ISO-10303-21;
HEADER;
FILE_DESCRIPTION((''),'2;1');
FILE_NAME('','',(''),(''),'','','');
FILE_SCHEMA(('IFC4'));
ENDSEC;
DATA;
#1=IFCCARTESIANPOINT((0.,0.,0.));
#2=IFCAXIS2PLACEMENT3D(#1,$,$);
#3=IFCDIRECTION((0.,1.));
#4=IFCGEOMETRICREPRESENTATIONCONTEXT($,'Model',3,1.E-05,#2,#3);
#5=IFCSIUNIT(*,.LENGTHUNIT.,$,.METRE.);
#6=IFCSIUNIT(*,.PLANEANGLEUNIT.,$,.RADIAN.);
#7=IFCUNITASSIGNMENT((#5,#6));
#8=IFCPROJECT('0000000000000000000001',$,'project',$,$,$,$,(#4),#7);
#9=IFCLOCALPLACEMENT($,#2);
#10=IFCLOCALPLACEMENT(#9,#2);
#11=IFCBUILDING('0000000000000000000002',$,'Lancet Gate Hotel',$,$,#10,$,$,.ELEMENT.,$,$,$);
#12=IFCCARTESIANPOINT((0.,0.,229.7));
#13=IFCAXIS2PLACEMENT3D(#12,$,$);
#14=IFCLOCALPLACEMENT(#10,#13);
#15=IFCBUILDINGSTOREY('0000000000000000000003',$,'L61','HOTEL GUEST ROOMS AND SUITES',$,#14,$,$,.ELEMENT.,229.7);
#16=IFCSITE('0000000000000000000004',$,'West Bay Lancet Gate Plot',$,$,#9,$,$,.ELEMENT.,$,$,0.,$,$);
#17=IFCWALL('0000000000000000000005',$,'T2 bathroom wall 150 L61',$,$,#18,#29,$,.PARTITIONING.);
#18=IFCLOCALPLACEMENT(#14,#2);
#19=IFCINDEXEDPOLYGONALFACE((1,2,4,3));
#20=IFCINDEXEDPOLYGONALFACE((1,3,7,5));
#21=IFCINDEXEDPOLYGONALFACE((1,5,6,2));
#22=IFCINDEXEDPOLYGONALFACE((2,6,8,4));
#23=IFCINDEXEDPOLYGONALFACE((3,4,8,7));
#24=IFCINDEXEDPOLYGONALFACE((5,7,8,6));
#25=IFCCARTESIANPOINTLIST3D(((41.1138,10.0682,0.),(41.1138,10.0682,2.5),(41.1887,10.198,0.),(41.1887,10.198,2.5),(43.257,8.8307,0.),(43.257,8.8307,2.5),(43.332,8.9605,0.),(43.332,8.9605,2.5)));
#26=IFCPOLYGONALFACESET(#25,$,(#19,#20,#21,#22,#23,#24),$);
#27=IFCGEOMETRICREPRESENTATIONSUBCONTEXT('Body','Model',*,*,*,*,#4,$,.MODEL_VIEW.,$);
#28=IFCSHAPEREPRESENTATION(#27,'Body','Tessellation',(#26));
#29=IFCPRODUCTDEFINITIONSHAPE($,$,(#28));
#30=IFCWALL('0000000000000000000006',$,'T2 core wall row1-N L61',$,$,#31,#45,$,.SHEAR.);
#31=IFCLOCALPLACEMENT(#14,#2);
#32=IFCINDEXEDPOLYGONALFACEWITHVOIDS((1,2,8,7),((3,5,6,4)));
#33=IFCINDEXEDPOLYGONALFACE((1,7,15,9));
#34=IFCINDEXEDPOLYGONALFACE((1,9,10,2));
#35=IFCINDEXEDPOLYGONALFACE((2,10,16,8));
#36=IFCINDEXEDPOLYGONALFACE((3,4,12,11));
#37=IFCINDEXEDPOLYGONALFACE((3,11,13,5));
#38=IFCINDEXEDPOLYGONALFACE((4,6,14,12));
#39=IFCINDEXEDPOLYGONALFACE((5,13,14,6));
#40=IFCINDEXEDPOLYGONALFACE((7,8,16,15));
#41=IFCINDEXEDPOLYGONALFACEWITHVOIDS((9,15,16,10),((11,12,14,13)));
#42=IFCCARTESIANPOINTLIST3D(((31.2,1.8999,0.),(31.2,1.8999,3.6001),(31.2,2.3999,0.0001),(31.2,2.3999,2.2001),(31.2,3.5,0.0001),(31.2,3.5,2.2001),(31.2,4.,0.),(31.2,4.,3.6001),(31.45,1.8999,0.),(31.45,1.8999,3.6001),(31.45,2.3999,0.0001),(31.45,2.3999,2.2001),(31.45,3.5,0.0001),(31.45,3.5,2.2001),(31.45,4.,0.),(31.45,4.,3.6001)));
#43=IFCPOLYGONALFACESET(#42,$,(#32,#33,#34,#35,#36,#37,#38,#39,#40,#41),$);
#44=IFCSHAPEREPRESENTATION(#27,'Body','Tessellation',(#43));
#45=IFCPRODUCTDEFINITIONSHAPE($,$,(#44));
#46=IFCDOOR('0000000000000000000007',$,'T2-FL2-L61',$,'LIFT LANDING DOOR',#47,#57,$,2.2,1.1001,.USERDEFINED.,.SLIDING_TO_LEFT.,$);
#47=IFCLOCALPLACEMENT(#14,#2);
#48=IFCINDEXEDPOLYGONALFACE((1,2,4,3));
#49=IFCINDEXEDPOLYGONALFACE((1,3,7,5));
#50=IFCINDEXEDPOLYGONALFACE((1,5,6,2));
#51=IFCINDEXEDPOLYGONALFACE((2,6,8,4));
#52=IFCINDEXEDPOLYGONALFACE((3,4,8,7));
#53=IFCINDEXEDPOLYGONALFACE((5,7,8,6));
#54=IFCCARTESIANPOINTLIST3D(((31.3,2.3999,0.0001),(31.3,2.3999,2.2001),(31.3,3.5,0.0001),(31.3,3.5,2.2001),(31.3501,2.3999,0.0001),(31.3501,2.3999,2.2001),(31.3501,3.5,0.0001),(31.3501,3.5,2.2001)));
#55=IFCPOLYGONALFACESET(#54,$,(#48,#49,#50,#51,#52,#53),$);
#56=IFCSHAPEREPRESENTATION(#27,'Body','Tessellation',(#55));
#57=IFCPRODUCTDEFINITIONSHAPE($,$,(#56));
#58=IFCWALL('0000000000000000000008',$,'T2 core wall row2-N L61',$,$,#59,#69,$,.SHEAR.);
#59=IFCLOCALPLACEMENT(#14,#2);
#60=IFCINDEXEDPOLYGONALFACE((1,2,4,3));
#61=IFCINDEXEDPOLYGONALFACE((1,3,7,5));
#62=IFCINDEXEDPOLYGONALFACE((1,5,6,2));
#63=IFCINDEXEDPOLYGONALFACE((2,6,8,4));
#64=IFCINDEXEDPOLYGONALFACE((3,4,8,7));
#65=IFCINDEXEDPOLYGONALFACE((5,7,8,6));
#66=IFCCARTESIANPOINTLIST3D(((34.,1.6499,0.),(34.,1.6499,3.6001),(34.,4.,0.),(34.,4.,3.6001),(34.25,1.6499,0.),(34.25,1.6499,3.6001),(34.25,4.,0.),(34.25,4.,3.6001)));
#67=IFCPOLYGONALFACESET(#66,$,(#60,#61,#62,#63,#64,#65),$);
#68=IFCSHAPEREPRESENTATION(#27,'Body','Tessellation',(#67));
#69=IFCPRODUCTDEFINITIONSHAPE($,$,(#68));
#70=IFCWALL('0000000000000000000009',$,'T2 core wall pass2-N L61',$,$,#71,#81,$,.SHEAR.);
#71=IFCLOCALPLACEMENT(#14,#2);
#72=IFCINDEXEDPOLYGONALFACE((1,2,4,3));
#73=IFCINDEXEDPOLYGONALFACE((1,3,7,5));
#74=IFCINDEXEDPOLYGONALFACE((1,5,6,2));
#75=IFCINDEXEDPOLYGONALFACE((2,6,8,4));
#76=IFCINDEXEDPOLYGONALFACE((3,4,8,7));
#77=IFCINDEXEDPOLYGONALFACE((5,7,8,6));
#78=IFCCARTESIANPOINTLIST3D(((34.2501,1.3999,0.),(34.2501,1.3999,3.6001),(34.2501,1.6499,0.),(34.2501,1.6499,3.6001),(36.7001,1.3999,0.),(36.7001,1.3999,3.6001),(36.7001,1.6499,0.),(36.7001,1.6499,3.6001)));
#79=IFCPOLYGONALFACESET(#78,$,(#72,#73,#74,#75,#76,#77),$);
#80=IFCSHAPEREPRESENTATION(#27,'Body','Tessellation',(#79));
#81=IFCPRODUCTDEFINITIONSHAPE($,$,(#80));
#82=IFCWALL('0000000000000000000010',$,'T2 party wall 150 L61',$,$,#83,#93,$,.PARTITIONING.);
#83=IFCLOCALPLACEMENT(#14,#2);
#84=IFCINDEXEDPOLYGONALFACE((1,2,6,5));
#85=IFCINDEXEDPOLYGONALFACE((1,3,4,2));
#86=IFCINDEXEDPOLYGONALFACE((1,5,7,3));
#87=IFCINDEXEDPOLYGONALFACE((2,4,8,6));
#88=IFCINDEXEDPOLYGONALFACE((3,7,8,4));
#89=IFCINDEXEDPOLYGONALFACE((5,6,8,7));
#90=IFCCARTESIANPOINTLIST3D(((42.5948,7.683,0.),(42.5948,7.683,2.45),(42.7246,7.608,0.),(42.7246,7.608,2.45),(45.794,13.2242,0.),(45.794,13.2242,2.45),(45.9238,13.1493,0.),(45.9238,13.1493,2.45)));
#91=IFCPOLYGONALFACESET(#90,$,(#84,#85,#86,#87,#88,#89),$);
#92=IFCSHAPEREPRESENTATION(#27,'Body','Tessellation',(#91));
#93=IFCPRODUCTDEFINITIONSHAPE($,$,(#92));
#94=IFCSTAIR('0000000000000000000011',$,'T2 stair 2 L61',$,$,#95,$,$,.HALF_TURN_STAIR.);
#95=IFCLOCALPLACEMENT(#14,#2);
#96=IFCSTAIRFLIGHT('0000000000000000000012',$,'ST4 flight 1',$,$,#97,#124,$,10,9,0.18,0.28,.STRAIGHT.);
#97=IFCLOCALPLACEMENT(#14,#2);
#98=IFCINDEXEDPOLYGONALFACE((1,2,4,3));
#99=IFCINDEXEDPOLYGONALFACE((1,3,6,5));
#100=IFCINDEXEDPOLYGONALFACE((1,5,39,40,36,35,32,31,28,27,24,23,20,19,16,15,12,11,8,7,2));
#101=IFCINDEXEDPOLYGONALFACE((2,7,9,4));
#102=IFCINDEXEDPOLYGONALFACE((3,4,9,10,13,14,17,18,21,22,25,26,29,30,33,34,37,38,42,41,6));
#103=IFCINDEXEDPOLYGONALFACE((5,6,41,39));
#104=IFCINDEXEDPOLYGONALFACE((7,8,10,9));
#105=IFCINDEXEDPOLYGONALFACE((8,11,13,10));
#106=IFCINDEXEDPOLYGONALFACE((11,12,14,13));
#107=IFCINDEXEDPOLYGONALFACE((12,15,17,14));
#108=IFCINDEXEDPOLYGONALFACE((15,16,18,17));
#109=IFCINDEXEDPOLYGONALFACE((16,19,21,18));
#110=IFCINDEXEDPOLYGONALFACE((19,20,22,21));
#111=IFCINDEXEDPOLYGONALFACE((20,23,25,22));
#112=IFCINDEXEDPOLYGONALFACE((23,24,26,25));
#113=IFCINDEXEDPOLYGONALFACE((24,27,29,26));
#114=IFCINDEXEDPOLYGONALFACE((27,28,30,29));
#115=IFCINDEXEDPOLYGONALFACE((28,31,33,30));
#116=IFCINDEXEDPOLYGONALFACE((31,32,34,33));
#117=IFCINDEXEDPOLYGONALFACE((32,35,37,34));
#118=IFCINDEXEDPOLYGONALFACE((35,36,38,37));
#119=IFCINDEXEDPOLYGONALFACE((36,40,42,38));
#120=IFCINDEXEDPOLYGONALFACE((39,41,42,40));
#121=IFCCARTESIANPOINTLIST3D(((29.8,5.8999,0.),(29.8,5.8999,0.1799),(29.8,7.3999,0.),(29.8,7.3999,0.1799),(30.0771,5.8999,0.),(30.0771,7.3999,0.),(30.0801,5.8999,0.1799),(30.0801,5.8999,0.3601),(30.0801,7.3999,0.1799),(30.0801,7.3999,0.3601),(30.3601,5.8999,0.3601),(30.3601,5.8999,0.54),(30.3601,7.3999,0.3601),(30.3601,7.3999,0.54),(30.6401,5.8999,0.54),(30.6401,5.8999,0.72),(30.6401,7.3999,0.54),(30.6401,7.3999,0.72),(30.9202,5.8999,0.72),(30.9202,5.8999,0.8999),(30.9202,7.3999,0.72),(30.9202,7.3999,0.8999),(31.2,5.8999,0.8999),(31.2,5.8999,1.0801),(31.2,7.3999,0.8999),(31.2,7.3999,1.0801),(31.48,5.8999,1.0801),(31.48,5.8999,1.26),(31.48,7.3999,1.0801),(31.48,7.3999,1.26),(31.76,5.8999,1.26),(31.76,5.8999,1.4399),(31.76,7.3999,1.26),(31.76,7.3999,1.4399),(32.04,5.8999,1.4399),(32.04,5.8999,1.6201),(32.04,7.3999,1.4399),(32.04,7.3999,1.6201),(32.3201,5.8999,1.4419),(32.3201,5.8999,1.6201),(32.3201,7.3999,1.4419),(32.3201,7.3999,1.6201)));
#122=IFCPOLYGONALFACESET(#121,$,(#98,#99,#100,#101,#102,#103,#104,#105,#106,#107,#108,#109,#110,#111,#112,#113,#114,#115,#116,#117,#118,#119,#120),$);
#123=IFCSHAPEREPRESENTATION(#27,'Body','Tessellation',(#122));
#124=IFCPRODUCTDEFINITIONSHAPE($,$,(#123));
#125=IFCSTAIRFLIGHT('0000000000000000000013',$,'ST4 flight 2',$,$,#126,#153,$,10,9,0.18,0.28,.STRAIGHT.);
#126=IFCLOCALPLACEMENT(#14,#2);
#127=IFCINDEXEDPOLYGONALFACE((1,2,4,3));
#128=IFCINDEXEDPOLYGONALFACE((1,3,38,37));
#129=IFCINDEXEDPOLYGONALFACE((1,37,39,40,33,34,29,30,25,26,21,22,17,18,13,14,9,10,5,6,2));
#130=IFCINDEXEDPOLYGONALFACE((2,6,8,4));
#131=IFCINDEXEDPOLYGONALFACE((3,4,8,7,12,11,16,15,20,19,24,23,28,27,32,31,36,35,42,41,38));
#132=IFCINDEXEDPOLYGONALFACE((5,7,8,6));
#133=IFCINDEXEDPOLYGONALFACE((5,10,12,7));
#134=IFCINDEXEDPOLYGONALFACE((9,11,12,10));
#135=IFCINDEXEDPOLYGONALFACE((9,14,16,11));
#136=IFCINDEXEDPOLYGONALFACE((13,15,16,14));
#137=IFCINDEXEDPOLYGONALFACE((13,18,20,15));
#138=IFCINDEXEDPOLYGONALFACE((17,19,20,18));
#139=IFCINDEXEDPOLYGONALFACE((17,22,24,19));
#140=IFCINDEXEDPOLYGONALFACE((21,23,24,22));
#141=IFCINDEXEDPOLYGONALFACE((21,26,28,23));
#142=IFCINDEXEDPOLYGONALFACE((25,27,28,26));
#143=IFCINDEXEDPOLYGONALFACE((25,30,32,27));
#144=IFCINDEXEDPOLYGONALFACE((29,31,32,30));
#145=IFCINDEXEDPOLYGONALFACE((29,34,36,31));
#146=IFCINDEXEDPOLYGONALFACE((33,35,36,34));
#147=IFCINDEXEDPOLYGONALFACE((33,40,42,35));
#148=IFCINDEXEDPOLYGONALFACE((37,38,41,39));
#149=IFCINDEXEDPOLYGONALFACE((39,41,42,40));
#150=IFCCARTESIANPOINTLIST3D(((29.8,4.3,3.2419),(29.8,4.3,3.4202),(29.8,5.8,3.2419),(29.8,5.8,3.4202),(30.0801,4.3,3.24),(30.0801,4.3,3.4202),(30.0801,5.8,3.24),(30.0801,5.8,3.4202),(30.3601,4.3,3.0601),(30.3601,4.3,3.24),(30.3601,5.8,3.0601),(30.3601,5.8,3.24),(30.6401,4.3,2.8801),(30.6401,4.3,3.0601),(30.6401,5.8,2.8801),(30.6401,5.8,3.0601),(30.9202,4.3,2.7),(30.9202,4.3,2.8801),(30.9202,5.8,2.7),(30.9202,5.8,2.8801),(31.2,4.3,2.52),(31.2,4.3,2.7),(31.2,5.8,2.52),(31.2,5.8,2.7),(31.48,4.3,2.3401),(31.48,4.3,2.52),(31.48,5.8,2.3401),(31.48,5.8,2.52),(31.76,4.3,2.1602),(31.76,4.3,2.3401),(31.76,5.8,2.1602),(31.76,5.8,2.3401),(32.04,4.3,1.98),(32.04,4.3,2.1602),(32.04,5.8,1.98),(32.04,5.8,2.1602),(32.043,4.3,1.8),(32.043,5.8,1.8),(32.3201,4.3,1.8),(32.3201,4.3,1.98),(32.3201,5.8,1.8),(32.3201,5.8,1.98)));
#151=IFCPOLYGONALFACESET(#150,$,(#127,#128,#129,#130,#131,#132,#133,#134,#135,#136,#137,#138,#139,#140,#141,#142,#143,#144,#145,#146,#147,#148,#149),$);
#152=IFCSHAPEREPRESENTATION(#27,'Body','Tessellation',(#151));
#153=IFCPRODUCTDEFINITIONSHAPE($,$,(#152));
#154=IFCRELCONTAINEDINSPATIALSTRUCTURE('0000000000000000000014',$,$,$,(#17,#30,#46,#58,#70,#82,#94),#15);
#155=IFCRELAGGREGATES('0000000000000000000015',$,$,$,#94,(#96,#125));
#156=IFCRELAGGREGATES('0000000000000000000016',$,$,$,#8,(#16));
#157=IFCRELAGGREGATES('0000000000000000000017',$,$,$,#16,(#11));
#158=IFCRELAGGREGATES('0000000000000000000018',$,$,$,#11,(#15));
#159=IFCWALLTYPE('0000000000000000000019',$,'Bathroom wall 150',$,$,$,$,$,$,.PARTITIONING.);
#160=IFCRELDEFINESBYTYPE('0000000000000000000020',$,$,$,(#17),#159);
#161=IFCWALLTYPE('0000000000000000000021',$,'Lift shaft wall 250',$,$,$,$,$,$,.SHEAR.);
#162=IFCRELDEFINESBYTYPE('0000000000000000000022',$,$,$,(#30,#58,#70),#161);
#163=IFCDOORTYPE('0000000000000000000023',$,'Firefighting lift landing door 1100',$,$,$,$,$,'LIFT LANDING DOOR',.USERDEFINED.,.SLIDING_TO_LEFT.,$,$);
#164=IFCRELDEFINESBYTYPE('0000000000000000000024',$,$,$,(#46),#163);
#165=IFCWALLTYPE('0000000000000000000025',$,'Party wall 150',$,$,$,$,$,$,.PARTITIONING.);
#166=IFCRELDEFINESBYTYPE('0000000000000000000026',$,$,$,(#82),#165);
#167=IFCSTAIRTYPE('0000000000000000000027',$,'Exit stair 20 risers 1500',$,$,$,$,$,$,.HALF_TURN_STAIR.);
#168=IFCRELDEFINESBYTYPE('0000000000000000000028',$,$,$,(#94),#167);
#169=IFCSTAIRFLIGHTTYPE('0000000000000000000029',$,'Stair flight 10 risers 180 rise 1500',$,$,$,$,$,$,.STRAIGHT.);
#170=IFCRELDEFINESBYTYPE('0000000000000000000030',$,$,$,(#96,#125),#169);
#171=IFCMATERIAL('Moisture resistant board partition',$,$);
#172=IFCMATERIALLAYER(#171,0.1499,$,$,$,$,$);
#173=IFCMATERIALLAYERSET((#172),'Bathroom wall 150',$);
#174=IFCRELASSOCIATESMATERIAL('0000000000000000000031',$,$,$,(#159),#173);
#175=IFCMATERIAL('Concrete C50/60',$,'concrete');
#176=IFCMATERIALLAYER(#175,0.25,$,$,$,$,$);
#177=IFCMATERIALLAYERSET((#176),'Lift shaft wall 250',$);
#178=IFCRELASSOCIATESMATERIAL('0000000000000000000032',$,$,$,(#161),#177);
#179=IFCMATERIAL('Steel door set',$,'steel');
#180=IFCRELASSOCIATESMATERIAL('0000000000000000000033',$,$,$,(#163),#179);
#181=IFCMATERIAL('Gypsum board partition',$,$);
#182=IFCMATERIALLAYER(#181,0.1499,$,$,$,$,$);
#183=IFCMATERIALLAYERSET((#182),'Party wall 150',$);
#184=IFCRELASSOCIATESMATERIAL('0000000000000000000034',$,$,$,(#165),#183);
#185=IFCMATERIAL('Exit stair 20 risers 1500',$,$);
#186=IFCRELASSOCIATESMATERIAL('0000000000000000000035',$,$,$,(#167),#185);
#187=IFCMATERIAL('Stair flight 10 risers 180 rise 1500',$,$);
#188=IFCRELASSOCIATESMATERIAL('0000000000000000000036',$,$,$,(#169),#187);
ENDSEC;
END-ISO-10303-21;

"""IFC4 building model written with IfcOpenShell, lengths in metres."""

from ifc_helpers import new_model, si_unit, direction, frame, frame_2d, origin, place, context, subcontext, project, spatial, polyline, rectangle, outline, extrude, material, layer, layer_set, type_object, element, fill, aggregate, save


model = new_model("IFC4")

# Units and contexts
model_context = context("Model", 3, precision=1e-05, world=origin(), true_north=direction((0.0, 1.0)))
body_context = subcontext(model_context, "Body", "Model", "MODEL_VIEW")
ifc_project = project(units=[si_unit("LENGTHUNIT", "METRE"), si_unit("PLANEANGLEUNIT", "RADIAN")], contexts=[model_context])

# Site, building, storey
site_placement = place(None, origin())
site = spatial("IfcSite", under=ifc_project, at=site_placement, Name="West Bay Lancet Gate Plot", CompositionType="ELEMENT", RefElevation=0.0)
building_placement = place(site_placement, origin())
building = spatial("IfcBuilding", under=site, at=building_placement, Name="Lancet Gate Hotel", CompositionType="ELEMENT")
storey_placement = place(building_placement, frame((0.0, 0.0, 229.7)))
storey = spatial("IfcBuildingStorey", under=building, at=storey_placement, Name="L61", Description="HOTEL GUEST ROOMS AND SUITES", CompositionType="ELEMENT", Elevation=229.7)

# Shared definitions
ifc_material_1 = material(Name="Moisture resistant board partition")
ifc_layer_1 = layer(ifc_material_1, 0.1499)
ifc_layer_set_1 = layer_set([ifc_layer_1], Name="Bathroom wall 150")
wall_type_1 = type_object("IfcWallType", Name="Bathroom wall 150", PredefinedType="PARTITIONING", material=ifc_layer_set_1)

# Wall
wall_1_placement = place(storey_placement, frame((41.1514, 10.1331, 0.0), z_axis=(0.0, 0.0, 1.0), x_axis=(0.866007, -0.500033, 0.0)))
element("IfcWall", 1, at=wall_1_placement, inside=storey, type_object=wall_type_1, Name="T2 bathroom wall 150 L61", PredefinedType="PARTITIONING", context=body_context, shape_type="SweptSolid", body=[
    extrude(rectangle(XDim=2.4749, YDim=0.1499, at=frame_2d((1.2373, 0.0))), origin(), (0.0, 0.0, 1.0), 2.5),
])

# Wall, opening, door
ifc_material_2 = material(Name="Concrete C50/60", Category="concrete")
ifc_layer_2 = layer(ifc_material_2, 0.25)
ifc_layer_set_2 = layer_set([ifc_layer_2], Name="Lift shaft wall 250")
wall_type_2 = type_object("IfcWallType", Name="Lift shaft wall 250", PredefinedType="SHEAR", material=ifc_layer_set_2)
wall_2_placement = place(storey_placement, frame((31.325, 1.8999, 0.0), z_axis=(0.0, 0.0, 1.0), x_axis=(0.0, 1.0, 0.0)))
wall_2 = element("IfcWall", 2, at=wall_2_placement, inside=storey, type_object=wall_type_2, Name="T2 core wall row1-N L61", PredefinedType="SHEAR", context=body_context, shape_type="SweptSolid", body=[
    extrude(rectangle(XDim=2.1001, YDim=0.25, at=frame_2d((1.05, 0.0))), origin(), (0.0, 0.0, 1.0), 3.6001),
])
opening_1_placement = place(wall_2_placement, frame((0.5, 0.0, 0.0)))
opening_1 = element("IfcOpeningElement", 3, at=opening_1_placement, cuts=wall_2, PredefinedType="OPENING", context=body_context, shape_type="SweptSolid", body=[
    extrude(rectangle(XDim=1.1001, YDim=2.2, at=frame_2d((0.55, 1.1001))), frame((0.0, 0.135, 0.0), z_axis=(0.0, -1.0, 0.0), x_axis=(1.0, 0.0, 0.0)), (0.0, 0.0, 1.0), 0.27),
])
ifc_material_3 = material(Name="Steel door set", Category="steel")
door_type_1 = type_object("IfcDoorType", Name="Firefighting lift landing door 1100", ElementType="LIFT LANDING DOOR", OperationType="SLIDING_TO_LEFT", PredefinedType="USERDEFINED", material=ifc_material_3)
door_1_placement = place(opening_1_placement, origin())
door_1 = element("IfcDoor", 4, at=door_1_placement, inside=storey, type_object=door_type_1, Name="T2-FL2-L61", ObjectType="LIFT LANDING DOOR", OperationType="SLIDING_TO_LEFT", OverallHeight=2.2, OverallWidth=1.1001, PredefinedType="USERDEFINED", context=body_context, shape_type="SweptSolid", body=[
    extrude(rectangle(XDim=1.1001, YDim=2.2, at=frame_2d((0.55, 1.1001))), frame((0.0, 0.0249, 0.0), z_axis=(0.0, -1.0, 0.0), x_axis=(1.0, 0.0, 0.0)), (0.0, 0.0, 1.0), 0.05),
])
fill(opening_1, door_1)

# Walls
wall_3_placement = place(storey_placement, frame((34.125, 1.6499, 0.0), z_axis=(0.0, 0.0, 1.0), x_axis=(0.0, 1.0, 0.0)))
element("IfcWall", 5, at=wall_3_placement, inside=storey, type_object=wall_type_2, Name="T2 core wall row2-N L61", PredefinedType="SHEAR", context=body_context, shape_type="SweptSolid", body=[
    extrude(rectangle(XDim=2.3501, YDim=0.25, at=frame_2d((1.175, 0.0))), origin(), (0.0, 0.0, 1.0), 3.6001),
])
wall_4_placement = place(storey_placement, frame((34.25, 1.5249, 0.0), z_axis=(0.0, 0.0, 1.0), x_axis=(1.0, 0.0, 0.0)))
element("IfcWall", 6, at=wall_4_placement, inside=storey, type_object=wall_type_2, Name="T2 core wall pass2-N L61", PredefinedType="SHEAR", context=body_context, shape_type="SweptSolid", body=[
    extrude(rectangle(XDim=2.45, YDim=0.25, at=frame_2d((1.2251, 0.0))), origin(), (0.0, 0.0, 1.0), 3.6001),
])
ifc_material_4 = material(Name="Gypsum board partition")
ifc_layer_3 = layer(ifc_material_4, 0.1499)
ifc_layer_set_3 = layer_set([ifc_layer_3], Name="Party wall 150")
wall_type_3 = type_object("IfcWallType", Name="Party wall 150", PredefinedType="PARTITIONING", material=ifc_layer_set_3)
wall_5_placement = place(storey_placement, frame((42.6597, 7.6455, 0.0), z_axis=(0.0, 0.0, 1.0), x_axis=(0.499997, 0.866027, 0.0)))
element("IfcWall", 7, at=wall_5_placement, inside=storey, type_object=wall_type_3, Name="T2 party wall 150 L61", PredefinedType="PARTITIONING", context=body_context, shape_type="SweptSolid", body=[
    extrude(rectangle(XDim=6.3984, YDim=0.1499, at=frame_2d((3.1992, 0.0))), origin(), (0.0, 0.0, 1.0), 2.45),
])

# Stair, stair flights
ifc_material_5 = material(Name="Exit stair 20 risers 1500")
stair_type = type_object("IfcStairType", Name="Exit stair 20 risers 1500", PredefinedType="HALF_TURN_STAIR", material=ifc_material_5)
stair_placement = place(storey_placement, origin())
stair = element("IfcStair", 8, at=stair_placement, inside=storey, type_object=stair_type, Name="T2 stair 2 L61", PredefinedType="HALF_TURN_STAIR")
ifc_material_6 = material(Name="Stair flight 10 risers 180 rise 1500")
stair_flight_type = type_object("IfcStairFlightType", Name="Stair flight 10 risers 180 rise 1500", PredefinedType="STRAIGHT", material=ifc_material_6)
stair_flight_1_placement = place(storey_placement, frame((29.8, 6.6499, 0.0), z_axis=(0.0, 0.0, 1.0), x_axis=(1.0, 0.0, 0.0)))
stair_flight_1 = element("IfcStairFlight", 9, at=stair_flight_1_placement, type_object=stair_flight_type, Name="ST4 flight 1", NumberOfRisers=10, NumberOfTreads=9, PredefinedType="STRAIGHT", RiserHeight=0.18, TreadLength=0.28, context=body_context, shape_type="SweptSolid", body=[
    extrude(outline(polyline([(0.0, 0.0), (0.0, 0.1799), (0.28, 0.1799), (0.28, 0.3601), (0.5601, 0.3601), (0.5601, 0.54), (0.8401, 0.54), (0.8401, 0.72), (1.1201, 0.72), (1.1201, 0.8999), (1.3999, 0.8999), (1.3999, 1.0801), (1.6799, 1.0801), (1.6799, 1.26), (1.96, 1.26), (1.96, 1.4399), (2.24, 1.4399), (2.24, 1.6201), (2.52, 1.6201), (2.52, 1.8), (2.52, 1.4419), (0.2771, 0.0), (0.0, 0.0)])), frame((0.0, 0.75, 0.0), z_axis=(0.0, -1.0, 0.0), x_axis=(1.0, 0.0, 0.0)), (0.0, 0.0, 1.0), 1.5),
])
stair_flight_2_placement = place(storey_placement, frame((32.3201, 5.05, 1.8), z_axis=(0.0, 0.0, 1.0), x_axis=(-1.0, 0.0, 0.0)))
stair_flight_2 = element("IfcStairFlight", 10, at=stair_flight_2_placement, type_object=stair_flight_type, Name="ST4 flight 2", NumberOfRisers=10, NumberOfTreads=9, PredefinedType="STRAIGHT", RiserHeight=0.18, TreadLength=0.28, context=body_context, shape_type="SweptSolid", body=[
    extrude(outline(polyline([(0.0, 0.0), (0.0, 0.1799), (0.28, 0.1799), (0.28, 0.3601), (0.5601, 0.3601), (0.5601, 0.54), (0.8401, 0.54), (0.8401, 0.72), (1.1201, 0.72), (1.1201, 0.8999), (1.3999, 0.8999), (1.3999, 1.0801), (1.6799, 1.0801), (1.6799, 1.26), (1.96, 1.26), (1.96, 1.4399), (2.24, 1.4399), (2.24, 1.6201), (2.52, 1.6201), (2.52, 1.8), (2.52, 1.4419), (0.2771, 0.0), (0.0, 0.0)])), frame((0.0, 0.75, 0.0), z_axis=(0.0, -1.0, 0.0), x_axis=(1.0, 0.0, 0.0)), (0.0, 0.0, 1.0), 1.5),
])
aggregate(stair, [stair_flight_1, stair_flight_2])

save(model, "model.ifc")
